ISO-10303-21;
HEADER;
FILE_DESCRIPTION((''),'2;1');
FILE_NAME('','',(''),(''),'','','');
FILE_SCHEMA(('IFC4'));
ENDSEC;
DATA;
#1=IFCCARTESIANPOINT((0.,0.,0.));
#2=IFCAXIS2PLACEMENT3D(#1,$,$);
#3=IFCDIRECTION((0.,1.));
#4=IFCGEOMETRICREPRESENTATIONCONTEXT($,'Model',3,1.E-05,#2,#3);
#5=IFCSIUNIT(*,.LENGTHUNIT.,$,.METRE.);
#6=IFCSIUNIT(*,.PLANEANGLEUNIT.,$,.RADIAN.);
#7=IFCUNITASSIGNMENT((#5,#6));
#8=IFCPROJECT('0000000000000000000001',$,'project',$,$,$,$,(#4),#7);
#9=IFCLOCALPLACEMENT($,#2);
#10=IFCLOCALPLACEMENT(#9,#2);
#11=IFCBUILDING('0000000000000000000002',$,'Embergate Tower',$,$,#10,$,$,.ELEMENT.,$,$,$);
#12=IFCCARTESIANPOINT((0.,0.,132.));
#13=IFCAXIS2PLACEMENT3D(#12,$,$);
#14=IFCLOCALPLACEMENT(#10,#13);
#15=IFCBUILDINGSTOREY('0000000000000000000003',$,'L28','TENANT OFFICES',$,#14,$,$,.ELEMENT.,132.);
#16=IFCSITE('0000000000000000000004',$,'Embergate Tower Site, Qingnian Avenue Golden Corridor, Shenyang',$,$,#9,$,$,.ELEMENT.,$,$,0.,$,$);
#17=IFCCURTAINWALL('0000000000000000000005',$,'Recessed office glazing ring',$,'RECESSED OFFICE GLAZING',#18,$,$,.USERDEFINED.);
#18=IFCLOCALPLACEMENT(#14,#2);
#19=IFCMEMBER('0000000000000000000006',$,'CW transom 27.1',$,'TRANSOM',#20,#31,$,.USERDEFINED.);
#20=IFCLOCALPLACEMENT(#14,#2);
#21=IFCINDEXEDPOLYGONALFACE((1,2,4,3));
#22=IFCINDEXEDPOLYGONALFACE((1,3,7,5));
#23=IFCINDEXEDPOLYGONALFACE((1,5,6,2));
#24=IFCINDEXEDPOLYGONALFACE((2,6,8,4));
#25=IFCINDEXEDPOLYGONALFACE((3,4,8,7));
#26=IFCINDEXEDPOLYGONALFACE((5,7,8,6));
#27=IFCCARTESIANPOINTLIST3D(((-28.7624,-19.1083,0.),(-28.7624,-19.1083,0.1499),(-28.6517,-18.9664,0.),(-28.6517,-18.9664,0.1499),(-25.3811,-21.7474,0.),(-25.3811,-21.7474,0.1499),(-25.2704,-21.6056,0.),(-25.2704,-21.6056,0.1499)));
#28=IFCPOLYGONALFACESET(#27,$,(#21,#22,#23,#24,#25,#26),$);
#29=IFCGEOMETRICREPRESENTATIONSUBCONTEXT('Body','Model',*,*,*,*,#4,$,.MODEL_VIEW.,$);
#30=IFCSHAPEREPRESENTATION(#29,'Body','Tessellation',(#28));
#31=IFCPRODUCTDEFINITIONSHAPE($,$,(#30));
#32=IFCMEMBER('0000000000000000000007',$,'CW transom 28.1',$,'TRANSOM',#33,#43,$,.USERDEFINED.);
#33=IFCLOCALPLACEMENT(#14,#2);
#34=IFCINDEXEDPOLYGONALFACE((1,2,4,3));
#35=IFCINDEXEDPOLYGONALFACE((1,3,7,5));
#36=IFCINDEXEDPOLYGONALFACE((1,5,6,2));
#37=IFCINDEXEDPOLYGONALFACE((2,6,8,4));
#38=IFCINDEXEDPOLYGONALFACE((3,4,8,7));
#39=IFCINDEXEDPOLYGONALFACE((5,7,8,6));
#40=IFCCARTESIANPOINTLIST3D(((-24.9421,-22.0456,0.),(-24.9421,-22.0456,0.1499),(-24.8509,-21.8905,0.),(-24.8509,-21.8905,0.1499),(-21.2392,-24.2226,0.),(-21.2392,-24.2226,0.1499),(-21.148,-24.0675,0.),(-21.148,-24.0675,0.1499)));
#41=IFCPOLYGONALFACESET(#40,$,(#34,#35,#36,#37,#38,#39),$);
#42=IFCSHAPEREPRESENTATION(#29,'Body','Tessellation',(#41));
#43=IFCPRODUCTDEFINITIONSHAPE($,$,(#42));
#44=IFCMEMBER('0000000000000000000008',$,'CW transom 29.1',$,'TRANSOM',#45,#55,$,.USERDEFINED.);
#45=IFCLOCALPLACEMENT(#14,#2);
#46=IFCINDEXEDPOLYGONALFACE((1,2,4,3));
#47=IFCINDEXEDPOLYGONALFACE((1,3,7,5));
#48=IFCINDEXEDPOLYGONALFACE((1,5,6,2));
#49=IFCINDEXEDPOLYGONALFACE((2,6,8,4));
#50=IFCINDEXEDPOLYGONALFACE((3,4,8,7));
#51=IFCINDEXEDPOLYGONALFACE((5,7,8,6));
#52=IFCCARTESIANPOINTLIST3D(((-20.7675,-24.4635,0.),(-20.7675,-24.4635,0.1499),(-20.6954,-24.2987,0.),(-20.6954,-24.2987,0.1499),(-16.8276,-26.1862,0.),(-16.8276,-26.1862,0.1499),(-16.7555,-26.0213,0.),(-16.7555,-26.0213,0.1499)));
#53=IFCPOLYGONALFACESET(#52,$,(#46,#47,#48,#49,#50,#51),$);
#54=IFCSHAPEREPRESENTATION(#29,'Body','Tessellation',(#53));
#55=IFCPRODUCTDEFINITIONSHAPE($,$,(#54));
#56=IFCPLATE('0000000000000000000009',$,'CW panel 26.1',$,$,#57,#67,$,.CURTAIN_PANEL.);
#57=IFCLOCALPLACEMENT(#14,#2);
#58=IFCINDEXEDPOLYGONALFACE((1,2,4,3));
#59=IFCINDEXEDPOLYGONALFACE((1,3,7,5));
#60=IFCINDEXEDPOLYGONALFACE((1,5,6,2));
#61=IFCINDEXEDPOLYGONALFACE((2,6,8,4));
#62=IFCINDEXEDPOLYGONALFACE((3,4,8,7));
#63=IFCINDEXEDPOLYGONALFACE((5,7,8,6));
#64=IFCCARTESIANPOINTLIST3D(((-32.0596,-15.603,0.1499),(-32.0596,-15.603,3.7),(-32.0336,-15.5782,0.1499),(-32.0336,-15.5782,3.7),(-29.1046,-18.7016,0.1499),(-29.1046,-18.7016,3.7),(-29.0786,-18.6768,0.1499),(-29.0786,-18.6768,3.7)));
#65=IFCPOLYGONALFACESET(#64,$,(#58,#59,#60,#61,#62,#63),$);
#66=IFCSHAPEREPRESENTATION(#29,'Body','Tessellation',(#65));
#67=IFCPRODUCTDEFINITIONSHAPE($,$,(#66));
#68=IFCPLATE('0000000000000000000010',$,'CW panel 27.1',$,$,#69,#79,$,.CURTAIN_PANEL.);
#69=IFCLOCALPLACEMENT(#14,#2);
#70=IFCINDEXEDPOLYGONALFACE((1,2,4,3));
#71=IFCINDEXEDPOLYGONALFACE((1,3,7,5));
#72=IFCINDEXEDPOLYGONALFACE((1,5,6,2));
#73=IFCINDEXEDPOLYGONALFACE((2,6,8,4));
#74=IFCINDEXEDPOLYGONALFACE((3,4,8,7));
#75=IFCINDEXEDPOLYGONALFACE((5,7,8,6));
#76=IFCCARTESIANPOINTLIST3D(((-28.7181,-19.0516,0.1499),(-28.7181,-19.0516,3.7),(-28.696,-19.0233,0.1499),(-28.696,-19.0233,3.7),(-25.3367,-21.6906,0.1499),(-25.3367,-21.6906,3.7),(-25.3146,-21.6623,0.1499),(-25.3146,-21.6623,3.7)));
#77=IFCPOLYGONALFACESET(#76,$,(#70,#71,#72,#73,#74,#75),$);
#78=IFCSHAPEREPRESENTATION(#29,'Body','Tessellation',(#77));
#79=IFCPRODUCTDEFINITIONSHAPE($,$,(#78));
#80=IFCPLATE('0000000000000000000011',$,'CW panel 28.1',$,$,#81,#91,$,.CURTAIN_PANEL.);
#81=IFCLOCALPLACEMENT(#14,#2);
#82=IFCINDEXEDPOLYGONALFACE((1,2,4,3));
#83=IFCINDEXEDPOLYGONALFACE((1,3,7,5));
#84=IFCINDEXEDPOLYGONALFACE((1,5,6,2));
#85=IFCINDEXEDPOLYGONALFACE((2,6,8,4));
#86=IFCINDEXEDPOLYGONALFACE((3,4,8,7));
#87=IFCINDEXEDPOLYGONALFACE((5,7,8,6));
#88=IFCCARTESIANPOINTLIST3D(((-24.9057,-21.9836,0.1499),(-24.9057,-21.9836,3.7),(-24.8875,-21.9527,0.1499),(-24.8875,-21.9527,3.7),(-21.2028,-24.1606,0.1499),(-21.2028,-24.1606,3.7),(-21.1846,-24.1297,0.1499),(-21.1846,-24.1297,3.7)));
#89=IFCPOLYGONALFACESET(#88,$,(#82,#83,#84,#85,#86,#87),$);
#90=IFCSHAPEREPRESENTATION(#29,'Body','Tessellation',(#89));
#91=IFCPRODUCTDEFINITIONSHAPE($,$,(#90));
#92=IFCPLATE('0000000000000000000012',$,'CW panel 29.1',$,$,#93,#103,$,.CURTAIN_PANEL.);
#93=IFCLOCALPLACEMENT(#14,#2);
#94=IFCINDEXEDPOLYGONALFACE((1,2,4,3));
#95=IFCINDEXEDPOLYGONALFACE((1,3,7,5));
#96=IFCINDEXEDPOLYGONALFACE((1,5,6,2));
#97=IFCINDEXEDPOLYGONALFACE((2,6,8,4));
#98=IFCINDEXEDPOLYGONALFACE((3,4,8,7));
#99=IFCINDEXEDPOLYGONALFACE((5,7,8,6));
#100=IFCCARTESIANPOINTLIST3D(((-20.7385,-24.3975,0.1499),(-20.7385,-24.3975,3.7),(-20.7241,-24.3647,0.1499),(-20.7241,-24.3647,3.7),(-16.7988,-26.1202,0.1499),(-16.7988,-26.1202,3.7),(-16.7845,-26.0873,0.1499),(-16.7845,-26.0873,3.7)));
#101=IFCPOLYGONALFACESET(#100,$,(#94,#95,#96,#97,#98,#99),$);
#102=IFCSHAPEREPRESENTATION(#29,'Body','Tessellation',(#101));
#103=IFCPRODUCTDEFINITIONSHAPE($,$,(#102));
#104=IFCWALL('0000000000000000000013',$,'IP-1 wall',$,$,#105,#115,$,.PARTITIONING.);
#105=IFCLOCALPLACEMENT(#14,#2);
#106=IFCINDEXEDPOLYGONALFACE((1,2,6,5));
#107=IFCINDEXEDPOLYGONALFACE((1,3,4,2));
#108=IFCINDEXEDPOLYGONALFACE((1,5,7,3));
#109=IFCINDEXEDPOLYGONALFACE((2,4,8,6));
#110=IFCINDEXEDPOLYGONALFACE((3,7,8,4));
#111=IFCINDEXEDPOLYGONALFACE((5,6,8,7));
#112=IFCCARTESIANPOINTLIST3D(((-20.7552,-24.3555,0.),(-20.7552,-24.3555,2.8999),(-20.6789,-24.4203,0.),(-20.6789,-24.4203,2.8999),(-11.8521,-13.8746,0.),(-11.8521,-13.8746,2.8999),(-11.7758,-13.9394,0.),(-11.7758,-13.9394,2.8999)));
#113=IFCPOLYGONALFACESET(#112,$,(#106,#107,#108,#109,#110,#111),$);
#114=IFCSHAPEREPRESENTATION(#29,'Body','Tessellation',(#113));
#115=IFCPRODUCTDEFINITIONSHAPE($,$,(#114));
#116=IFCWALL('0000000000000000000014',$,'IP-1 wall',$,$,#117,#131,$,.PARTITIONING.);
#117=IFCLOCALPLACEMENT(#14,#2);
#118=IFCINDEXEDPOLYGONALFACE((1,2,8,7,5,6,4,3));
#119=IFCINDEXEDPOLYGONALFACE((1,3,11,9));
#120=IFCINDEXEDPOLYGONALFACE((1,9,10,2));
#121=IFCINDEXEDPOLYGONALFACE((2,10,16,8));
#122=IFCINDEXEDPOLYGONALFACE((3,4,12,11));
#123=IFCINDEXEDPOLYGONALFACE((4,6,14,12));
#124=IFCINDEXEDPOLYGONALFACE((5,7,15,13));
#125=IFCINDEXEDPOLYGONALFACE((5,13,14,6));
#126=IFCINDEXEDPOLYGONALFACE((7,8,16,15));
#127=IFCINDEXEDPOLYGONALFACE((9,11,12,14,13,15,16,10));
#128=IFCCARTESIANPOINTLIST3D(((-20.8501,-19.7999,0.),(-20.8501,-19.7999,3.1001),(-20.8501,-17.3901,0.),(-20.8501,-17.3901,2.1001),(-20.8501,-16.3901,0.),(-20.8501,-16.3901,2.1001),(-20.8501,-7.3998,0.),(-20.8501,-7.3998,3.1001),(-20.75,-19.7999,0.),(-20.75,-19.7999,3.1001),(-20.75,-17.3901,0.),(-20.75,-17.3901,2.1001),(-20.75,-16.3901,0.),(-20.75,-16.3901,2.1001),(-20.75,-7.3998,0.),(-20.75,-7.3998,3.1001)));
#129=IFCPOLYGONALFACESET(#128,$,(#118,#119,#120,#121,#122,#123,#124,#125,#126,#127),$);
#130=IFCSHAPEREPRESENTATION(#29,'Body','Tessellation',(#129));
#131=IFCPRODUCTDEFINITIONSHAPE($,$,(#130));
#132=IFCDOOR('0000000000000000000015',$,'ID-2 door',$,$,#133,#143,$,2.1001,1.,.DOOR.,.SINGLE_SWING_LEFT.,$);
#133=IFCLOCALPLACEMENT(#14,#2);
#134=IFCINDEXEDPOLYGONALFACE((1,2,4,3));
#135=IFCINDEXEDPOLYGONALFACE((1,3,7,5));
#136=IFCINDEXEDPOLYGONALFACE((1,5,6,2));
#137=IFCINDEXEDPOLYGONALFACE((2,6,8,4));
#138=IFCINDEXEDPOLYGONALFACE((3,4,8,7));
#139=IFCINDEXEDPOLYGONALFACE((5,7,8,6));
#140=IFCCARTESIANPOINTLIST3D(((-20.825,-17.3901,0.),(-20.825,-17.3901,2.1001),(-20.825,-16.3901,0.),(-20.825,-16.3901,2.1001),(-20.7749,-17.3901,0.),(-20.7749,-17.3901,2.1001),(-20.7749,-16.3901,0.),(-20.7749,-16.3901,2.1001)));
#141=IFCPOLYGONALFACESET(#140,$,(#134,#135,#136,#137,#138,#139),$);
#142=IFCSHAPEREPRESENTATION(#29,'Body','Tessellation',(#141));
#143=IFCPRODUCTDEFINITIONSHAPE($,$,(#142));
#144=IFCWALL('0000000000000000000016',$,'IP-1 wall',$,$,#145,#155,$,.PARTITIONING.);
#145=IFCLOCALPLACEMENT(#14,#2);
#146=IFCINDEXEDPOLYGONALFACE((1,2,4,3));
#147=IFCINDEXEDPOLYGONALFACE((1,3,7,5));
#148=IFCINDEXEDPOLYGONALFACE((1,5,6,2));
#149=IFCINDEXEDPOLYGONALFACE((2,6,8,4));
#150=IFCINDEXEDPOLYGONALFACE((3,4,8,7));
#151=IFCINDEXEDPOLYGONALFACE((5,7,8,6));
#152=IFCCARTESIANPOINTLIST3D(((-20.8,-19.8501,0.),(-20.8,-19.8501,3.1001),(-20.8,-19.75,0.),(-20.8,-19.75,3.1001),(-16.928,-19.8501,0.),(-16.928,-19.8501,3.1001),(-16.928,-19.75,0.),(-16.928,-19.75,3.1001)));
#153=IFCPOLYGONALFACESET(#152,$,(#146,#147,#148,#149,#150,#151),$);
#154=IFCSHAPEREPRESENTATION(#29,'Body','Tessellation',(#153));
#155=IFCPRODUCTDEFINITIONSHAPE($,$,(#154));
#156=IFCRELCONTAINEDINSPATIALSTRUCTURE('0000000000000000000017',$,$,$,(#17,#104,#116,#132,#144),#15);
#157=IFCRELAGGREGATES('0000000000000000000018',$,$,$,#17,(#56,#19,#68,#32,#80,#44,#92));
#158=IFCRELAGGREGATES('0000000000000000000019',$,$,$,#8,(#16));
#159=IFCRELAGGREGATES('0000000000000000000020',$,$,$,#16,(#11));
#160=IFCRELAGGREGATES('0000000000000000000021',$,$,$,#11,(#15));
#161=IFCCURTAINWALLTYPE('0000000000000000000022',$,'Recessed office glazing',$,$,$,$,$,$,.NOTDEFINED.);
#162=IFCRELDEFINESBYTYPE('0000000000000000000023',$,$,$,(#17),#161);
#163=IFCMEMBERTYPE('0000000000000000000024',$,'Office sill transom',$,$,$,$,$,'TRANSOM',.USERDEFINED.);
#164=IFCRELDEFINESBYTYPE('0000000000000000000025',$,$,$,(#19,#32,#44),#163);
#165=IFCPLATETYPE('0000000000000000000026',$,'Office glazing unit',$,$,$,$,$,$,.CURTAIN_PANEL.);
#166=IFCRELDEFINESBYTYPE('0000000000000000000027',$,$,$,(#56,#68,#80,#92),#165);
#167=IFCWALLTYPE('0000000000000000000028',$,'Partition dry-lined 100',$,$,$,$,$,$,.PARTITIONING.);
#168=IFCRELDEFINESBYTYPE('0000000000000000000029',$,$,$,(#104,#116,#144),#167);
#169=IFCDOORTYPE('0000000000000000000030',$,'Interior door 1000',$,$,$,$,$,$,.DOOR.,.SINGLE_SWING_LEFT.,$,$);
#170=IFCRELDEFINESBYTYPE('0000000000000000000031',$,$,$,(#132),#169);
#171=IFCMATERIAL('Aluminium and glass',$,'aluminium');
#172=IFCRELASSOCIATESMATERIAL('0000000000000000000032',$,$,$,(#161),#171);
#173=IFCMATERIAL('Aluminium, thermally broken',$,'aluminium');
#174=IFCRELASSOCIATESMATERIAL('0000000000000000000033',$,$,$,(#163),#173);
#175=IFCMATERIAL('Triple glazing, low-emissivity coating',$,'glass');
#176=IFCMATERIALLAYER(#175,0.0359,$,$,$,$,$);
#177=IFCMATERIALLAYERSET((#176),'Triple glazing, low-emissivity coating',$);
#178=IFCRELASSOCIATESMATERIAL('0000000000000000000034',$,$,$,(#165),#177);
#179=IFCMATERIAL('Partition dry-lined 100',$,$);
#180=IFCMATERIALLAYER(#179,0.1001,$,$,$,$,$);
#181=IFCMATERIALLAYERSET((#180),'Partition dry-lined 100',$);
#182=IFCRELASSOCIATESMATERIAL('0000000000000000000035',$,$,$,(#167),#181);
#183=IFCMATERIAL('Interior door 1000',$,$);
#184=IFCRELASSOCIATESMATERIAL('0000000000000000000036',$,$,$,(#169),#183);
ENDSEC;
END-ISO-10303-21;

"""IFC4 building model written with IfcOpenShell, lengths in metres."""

from ifc_helpers import new_model, si_unit, direction, frame, frame_2d, origin, origin_2d, place, context, subcontext, project, spatial, rectangle, extrude, source, transform, mapped, material, layer, layer_set, material_profile, profile_set, type_object, element, fill, aggregate, save


model = new_model("IFC4")

# Units and contexts
model_context = context("Model", 3, precision=1e-05, world=origin(), true_north=direction((0.0, 1.0)))
body_context = subcontext(model_context, "Body", "Model", "MODEL_VIEW")
ifc_project = project(units=[si_unit("LENGTHUNIT", "METRE"), si_unit("PLANEANGLEUNIT", "RADIAN")], contexts=[model_context])

# Site, building, storey
site_placement = place(None, origin())
site = spatial("IfcSite", under=ifc_project, at=site_placement, Name="Embergate Tower Site, Qingnian Avenue Golden Corridor, Shenyang", CompositionType="ELEMENT", RefElevation=0.0)
building_placement = place(site_placement, origin())
building = spatial("IfcBuilding", under=site, at=building_placement, Name="Embergate Tower", CompositionType="ELEMENT")
storey_placement = place(building_placement, frame((0.0, 0.0, 132.0)))
storey = spatial("IfcBuildingStorey", under=building, at=storey_placement, Name="L28", Description="TENANT OFFICES", CompositionType="ELEMENT", Elevation=132.0)

# Curtain wall, members, plates
ifc_material_1 = material(Name="Aluminium and glass", Category="aluminium")
curtain_wall_type = type_object("IfcCurtainWallType", Name="Recessed office glazing", PredefinedType="NOTDEFINED", material=ifc_material_1)
curtain_wall_placement = place(storey_placement, origin())
curtain_wall = element("IfcCurtainWall", 1, at=curtain_wall_placement, inside=storey, type_object=curtain_wall_type, Name="Recessed office glazing ring", ObjectType="RECESSED OFFICE GLAZING", PredefinedType="USERDEFINED")
ifc_material_2 = material(Name="Aluminium, thermally broken", Category="aluminium")
ifc_material_profile_1 = material_profile(ifc_material_2, rectangle(XDim=0.1799, YDim=0.1499, at=origin_2d()), Name="AL 150x180")
ifc_profile_set_1 = profile_set([ifc_material_profile_1], Name="Aluminium, thermally broken")
member_type_1 = type_object("IfcMemberType", Name="Office sill transom", ElementType="TRANSOM", PredefinedType="USERDEFINED", material=ifc_profile_set_1)
shared_shape_1 = source(origin(), body_context, "Body", "SweptSolid", [
    extrude(rectangle(XDim=0.1799, YDim=0.1499, at=origin_2d()), origin(), (0.0, 0.0, 1.0), 4.2893),
])
member_1_placement = place(storey_placement, frame((-28.707, -19.0374, 0.075), z_axis=(0.788309, -0.615279, 0.0), x_axis=(0.615279, 0.788309, 0.0)))
member_1 = element("IfcMember", 2, at=member_1_placement, type_object=member_type_1, Name="CW transom 27.1", ObjectType="TRANSOM", PredefinedType="USERDEFINED", context=body_context, shape_type="MappedRepresentation", body=[
    mapped(shared_shape_1, transform((0.0, 0.0, 0.0))),
])
shared_shape_2 = source(origin(), body_context, "Body", "SweptSolid", [
    extrude(rectangle(XDim=0.1799, YDim=0.1499, at=origin_2d()), origin(), (0.0, 0.0, 1.0), 4.2954),
])
member_2_placement = place(storey_placement, frame((-24.8965, -21.968, 0.075), z_axis=(0.862053, -0.506819, 0.0), x_axis=(0.506819, 0.862053, 0.0)))
member_2 = element("IfcMember", 3, at=member_2_placement, type_object=member_type_1, Name="CW transom 28.1", ObjectType="TRANSOM", PredefinedType="USERDEFINED", context=body_context, shape_type="MappedRepresentation", body=[
    mapped(shared_shape_2, transform((0.0, 0.0, 0.0))),
])
shared_shape_3 = source(origin(), body_context, "Body", "SweptSolid", [
    extrude(rectangle(XDim=0.1799, YDim=0.1499, at=origin_2d()), origin(), (0.0, 0.0, 1.0), 4.3),
])
member_3_placement = place(storey_placement, frame((-20.7314, -24.3811, 0.075), z_axis=(0.916249, -0.40061, 0.0), x_axis=(0.40061, 0.916249, 0.0)))
member_3 = element("IfcMember", 4, at=member_3_placement, type_object=member_type_1, Name="CW transom 29.1", ObjectType="TRANSOM", PredefinedType="USERDEFINED", context=body_context, shape_type="MappedRepresentation", body=[
    mapped(shared_shape_3, transform((0.0, 0.0, 0.0))),
])
ifc_material_3 = material(Name="Triple glazing, low-emissivity coating", Category="glass")
ifc_layer_1 = layer(ifc_material_3, 0.0359)
ifc_layer_set_1 = layer_set([ifc_layer_1], Name="Triple glazing, low-emissivity coating")
plate_type = type_object("IfcPlateType", Name="Office glazing unit", PredefinedType="CURTAIN_PANEL", material=ifc_layer_set_1)
shared_shape_4 = source(origin(), body_context, "Body", "SweptSolid", [
    extrude(rectangle(XDim=4.2817, YDim=0.0359, at=origin_2d()), origin(), (0.0, 0.0, 1.0), 3.55),
])
plate_1_placement = place(storey_placement, frame((-30.5691, -17.1399, 0.1499), z_axis=(0.0, 0.0, 1.0), x_axis=(0.690136, -0.723679, 0.0)))
plate_1 = element("IfcPlate", 5, at=plate_1_placement, type_object=plate_type, Name="CW panel 26.1", PredefinedType="CURTAIN_PANEL", context=body_context, shape_type="MappedRepresentation", body=[
    mapped(shared_shape_4, transform((0.0, 0.0, 0.0))),
])
shared_shape_5 = source(origin(), body_context, "Body", "SweptSolid", [
    extrude(rectangle(XDim=4.2893, YDim=0.0359, at=origin_2d()), origin(), (0.0, 0.0, 1.0), 3.55),
])
plate_2_placement = place(storey_placement, frame((-27.0164, -20.3569, 0.1499), z_axis=(0.0, 0.0, 1.0), x_axis=(0.788322, -0.615263, 0.0)))
plate_2 = element("IfcPlate", 6, at=plate_2_placement, type_object=plate_type, Name="CW panel 27.1", PredefinedType="CURTAIN_PANEL", context=body_context, shape_type="MappedRepresentation", body=[
    mapped(shared_shape_5, transform((0.0, 0.0, 0.0))),
])
shared_shape_6 = source(origin(), body_context, "Body", "SweptSolid", [
    extrude(rectangle(XDim=4.2954, YDim=0.0359, at=origin_2d()), origin(), (0.0, 0.0, 1.0), 3.55),
])
plate_3_placement = place(storey_placement, frame((-23.0452, -23.0566, 0.1499), z_axis=(0.0, 0.0, 1.0), x_axis=(0.862054, -0.506816, 0.0)))
plate_3 = element("IfcPlate", 7, at=plate_3_placement, type_object=plate_type, Name="CW panel 28.1", PredefinedType="CURTAIN_PANEL", context=body_context, shape_type="MappedRepresentation", body=[
    mapped(shared_shape_6, transform((0.0, 0.0, 0.0))),
])
shared_shape_7 = source(origin(), body_context, "Body", "SweptSolid", [
    extrude(rectangle(XDim=4.2998, YDim=0.0359, at=origin_2d()), origin(), (0.0, 0.0, 1.0), 3.55),
])
plate_4_placement = place(storey_placement, frame((-18.7615, -25.2424, 0.1499), z_axis=(0.0, 0.0, 1.0), x_axis=(0.916237, -0.400637, 0.0)))
plate_4 = element("IfcPlate", 8, at=plate_4_placement, type_object=plate_type, Name="CW panel 29.1", PredefinedType="CURTAIN_PANEL", context=body_context, shape_type="MappedRepresentation", body=[
    mapped(shared_shape_7, transform((0.0, 0.0, 0.0))),
])
aggregate(curtain_wall, [plate_1, member_1, plate_2, member_2, plate_3, member_3, plate_4])

# Wall
ifc_material_4 = material(Name="Partition dry-lined 100")
ifc_layer_2 = layer(ifc_material_4, 0.1001)
ifc_layer_set_2 = layer_set([ifc_layer_2], Name="Partition dry-lined 100")
wall_type = type_object("IfcWallType", Name="Partition dry-lined 100", PredefinedType="PARTITIONING", material=ifc_layer_set_2)
shared_shape_8 = source(origin(), body_context, "Body", "SweptSolid", [
    extrude(rectangle(XDim=13.752, YDim=0.1001, at=frame_2d((6.876, 0.0))), origin(), (0.0, 0.0, 1.0), 2.8999),
])
wall_1_placement = place(storey_placement, frame((-20.717, -24.3879, 0.0), z_axis=(0.0, 0.0, 1.0), x_axis=(0.647406, 0.762145, 0.0)))
element("IfcWall", 9, at=wall_1_placement, inside=storey, type_object=wall_type, Name="IP-1 wall", PredefinedType="PARTITIONING", context=body_context, shape_type="MappedRepresentation", body=[
    mapped(shared_shape_8, transform((0.0, 0.0, 0.0))),
])

# Wall, opening, door
shared_shape_9 = source(origin(), body_context, "Body", "SweptSolid", [
    extrude(rectangle(XDim=12.4001, YDim=0.1001, at=frame_2d((6.2002, 0.0))), origin(), (0.0, 0.0, 1.0), 3.1001),
])
wall_2_placement = place(storey_placement, frame((-20.8, -19.8, 0.0), z_axis=(0.0, 0.0, 1.0), x_axis=(0.0, 1.0, 0.0)))
wall_2 = element("IfcWall", 10, at=wall_2_placement, inside=storey, type_object=wall_type, Name="IP-1 wall", PredefinedType="PARTITIONING", context=body_context, shape_type="MappedRepresentation", body=[
    mapped(shared_shape_9, transform((0.0, 0.0, 0.0))),
])
shared_shape_10 = source(origin(), body_context, "Body", "SweptSolid", [
    extrude(rectangle(XDim=1.0, YDim=2.1001, at=frame_2d((0.5, 1.05))), frame((0.0, 0.0601, 0.0), z_axis=(0.0, -1.0, 0.0), x_axis=(1.0, 0.0, 0.0)), (0.0, 0.0, 1.0), 0.1201),
])
opening_placement = place(wall_2_placement, frame((2.4099, 0.0, 0.0)))
opening = element("IfcOpeningElement", 11, at=opening_placement, cuts=wall_2, PredefinedType="OPENING", context=body_context, shape_type="MappedRepresentation", body=[
    mapped(shared_shape_10, transform((0.0, 0.0, 0.0))),
])
ifc_material_5 = material(Name="Interior door 1000")
door_type = type_object("IfcDoorType", Name="Interior door 1000", OperationType="SINGLE_SWING_LEFT", PredefinedType="DOOR", material=ifc_material_5)
shared_shape_11 = source(origin(), body_context, "Body", "SweptSolid", [
    extrude(rectangle(XDim=1.0, YDim=2.1001, at=frame_2d((0.5, 1.05))), frame((0.0, 0.0249, 0.0), z_axis=(0.0, -1.0, 0.0), x_axis=(1.0, 0.0, 0.0)), (0.0, 0.0, 1.0), 0.05),
])
door_placement = place(opening_placement, origin())
door = element("IfcDoor", 12, at=door_placement, inside=storey, type_object=door_type, Name="ID-2 door", OperationType="SINGLE_SWING_LEFT", OverallHeight=2.1001, OverallWidth=1.0, PredefinedType="DOOR", context=body_context, shape_type="MappedRepresentation", body=[
    mapped(shared_shape_11, transform((0.0, 0.0, 0.0))),
])
fill(opening, door)

# Wall
shared_shape_12 = source(origin(), body_context, "Body", "SweptSolid", [
    extrude(rectangle(XDim=3.8721, YDim=0.1001, at=frame_2d((1.936, 0.0))), origin(), (0.0, 0.0, 1.0), 3.1001),
])
wall_3_placement = place(storey_placement, frame((-20.8, -19.8, 0.0), z_axis=(0.0, 0.0, 1.0), x_axis=(1.0, 0.0, 0.0)))
element("IfcWall", 13, at=wall_3_placement, inside=storey, type_object=wall_type, Name="IP-1 wall", PredefinedType="PARTITIONING", context=body_context, shape_type="MappedRepresentation", body=[
    mapped(shared_shape_12, transform((0.0, 0.0, 0.0))),
])

save(model, "model.ifc")
